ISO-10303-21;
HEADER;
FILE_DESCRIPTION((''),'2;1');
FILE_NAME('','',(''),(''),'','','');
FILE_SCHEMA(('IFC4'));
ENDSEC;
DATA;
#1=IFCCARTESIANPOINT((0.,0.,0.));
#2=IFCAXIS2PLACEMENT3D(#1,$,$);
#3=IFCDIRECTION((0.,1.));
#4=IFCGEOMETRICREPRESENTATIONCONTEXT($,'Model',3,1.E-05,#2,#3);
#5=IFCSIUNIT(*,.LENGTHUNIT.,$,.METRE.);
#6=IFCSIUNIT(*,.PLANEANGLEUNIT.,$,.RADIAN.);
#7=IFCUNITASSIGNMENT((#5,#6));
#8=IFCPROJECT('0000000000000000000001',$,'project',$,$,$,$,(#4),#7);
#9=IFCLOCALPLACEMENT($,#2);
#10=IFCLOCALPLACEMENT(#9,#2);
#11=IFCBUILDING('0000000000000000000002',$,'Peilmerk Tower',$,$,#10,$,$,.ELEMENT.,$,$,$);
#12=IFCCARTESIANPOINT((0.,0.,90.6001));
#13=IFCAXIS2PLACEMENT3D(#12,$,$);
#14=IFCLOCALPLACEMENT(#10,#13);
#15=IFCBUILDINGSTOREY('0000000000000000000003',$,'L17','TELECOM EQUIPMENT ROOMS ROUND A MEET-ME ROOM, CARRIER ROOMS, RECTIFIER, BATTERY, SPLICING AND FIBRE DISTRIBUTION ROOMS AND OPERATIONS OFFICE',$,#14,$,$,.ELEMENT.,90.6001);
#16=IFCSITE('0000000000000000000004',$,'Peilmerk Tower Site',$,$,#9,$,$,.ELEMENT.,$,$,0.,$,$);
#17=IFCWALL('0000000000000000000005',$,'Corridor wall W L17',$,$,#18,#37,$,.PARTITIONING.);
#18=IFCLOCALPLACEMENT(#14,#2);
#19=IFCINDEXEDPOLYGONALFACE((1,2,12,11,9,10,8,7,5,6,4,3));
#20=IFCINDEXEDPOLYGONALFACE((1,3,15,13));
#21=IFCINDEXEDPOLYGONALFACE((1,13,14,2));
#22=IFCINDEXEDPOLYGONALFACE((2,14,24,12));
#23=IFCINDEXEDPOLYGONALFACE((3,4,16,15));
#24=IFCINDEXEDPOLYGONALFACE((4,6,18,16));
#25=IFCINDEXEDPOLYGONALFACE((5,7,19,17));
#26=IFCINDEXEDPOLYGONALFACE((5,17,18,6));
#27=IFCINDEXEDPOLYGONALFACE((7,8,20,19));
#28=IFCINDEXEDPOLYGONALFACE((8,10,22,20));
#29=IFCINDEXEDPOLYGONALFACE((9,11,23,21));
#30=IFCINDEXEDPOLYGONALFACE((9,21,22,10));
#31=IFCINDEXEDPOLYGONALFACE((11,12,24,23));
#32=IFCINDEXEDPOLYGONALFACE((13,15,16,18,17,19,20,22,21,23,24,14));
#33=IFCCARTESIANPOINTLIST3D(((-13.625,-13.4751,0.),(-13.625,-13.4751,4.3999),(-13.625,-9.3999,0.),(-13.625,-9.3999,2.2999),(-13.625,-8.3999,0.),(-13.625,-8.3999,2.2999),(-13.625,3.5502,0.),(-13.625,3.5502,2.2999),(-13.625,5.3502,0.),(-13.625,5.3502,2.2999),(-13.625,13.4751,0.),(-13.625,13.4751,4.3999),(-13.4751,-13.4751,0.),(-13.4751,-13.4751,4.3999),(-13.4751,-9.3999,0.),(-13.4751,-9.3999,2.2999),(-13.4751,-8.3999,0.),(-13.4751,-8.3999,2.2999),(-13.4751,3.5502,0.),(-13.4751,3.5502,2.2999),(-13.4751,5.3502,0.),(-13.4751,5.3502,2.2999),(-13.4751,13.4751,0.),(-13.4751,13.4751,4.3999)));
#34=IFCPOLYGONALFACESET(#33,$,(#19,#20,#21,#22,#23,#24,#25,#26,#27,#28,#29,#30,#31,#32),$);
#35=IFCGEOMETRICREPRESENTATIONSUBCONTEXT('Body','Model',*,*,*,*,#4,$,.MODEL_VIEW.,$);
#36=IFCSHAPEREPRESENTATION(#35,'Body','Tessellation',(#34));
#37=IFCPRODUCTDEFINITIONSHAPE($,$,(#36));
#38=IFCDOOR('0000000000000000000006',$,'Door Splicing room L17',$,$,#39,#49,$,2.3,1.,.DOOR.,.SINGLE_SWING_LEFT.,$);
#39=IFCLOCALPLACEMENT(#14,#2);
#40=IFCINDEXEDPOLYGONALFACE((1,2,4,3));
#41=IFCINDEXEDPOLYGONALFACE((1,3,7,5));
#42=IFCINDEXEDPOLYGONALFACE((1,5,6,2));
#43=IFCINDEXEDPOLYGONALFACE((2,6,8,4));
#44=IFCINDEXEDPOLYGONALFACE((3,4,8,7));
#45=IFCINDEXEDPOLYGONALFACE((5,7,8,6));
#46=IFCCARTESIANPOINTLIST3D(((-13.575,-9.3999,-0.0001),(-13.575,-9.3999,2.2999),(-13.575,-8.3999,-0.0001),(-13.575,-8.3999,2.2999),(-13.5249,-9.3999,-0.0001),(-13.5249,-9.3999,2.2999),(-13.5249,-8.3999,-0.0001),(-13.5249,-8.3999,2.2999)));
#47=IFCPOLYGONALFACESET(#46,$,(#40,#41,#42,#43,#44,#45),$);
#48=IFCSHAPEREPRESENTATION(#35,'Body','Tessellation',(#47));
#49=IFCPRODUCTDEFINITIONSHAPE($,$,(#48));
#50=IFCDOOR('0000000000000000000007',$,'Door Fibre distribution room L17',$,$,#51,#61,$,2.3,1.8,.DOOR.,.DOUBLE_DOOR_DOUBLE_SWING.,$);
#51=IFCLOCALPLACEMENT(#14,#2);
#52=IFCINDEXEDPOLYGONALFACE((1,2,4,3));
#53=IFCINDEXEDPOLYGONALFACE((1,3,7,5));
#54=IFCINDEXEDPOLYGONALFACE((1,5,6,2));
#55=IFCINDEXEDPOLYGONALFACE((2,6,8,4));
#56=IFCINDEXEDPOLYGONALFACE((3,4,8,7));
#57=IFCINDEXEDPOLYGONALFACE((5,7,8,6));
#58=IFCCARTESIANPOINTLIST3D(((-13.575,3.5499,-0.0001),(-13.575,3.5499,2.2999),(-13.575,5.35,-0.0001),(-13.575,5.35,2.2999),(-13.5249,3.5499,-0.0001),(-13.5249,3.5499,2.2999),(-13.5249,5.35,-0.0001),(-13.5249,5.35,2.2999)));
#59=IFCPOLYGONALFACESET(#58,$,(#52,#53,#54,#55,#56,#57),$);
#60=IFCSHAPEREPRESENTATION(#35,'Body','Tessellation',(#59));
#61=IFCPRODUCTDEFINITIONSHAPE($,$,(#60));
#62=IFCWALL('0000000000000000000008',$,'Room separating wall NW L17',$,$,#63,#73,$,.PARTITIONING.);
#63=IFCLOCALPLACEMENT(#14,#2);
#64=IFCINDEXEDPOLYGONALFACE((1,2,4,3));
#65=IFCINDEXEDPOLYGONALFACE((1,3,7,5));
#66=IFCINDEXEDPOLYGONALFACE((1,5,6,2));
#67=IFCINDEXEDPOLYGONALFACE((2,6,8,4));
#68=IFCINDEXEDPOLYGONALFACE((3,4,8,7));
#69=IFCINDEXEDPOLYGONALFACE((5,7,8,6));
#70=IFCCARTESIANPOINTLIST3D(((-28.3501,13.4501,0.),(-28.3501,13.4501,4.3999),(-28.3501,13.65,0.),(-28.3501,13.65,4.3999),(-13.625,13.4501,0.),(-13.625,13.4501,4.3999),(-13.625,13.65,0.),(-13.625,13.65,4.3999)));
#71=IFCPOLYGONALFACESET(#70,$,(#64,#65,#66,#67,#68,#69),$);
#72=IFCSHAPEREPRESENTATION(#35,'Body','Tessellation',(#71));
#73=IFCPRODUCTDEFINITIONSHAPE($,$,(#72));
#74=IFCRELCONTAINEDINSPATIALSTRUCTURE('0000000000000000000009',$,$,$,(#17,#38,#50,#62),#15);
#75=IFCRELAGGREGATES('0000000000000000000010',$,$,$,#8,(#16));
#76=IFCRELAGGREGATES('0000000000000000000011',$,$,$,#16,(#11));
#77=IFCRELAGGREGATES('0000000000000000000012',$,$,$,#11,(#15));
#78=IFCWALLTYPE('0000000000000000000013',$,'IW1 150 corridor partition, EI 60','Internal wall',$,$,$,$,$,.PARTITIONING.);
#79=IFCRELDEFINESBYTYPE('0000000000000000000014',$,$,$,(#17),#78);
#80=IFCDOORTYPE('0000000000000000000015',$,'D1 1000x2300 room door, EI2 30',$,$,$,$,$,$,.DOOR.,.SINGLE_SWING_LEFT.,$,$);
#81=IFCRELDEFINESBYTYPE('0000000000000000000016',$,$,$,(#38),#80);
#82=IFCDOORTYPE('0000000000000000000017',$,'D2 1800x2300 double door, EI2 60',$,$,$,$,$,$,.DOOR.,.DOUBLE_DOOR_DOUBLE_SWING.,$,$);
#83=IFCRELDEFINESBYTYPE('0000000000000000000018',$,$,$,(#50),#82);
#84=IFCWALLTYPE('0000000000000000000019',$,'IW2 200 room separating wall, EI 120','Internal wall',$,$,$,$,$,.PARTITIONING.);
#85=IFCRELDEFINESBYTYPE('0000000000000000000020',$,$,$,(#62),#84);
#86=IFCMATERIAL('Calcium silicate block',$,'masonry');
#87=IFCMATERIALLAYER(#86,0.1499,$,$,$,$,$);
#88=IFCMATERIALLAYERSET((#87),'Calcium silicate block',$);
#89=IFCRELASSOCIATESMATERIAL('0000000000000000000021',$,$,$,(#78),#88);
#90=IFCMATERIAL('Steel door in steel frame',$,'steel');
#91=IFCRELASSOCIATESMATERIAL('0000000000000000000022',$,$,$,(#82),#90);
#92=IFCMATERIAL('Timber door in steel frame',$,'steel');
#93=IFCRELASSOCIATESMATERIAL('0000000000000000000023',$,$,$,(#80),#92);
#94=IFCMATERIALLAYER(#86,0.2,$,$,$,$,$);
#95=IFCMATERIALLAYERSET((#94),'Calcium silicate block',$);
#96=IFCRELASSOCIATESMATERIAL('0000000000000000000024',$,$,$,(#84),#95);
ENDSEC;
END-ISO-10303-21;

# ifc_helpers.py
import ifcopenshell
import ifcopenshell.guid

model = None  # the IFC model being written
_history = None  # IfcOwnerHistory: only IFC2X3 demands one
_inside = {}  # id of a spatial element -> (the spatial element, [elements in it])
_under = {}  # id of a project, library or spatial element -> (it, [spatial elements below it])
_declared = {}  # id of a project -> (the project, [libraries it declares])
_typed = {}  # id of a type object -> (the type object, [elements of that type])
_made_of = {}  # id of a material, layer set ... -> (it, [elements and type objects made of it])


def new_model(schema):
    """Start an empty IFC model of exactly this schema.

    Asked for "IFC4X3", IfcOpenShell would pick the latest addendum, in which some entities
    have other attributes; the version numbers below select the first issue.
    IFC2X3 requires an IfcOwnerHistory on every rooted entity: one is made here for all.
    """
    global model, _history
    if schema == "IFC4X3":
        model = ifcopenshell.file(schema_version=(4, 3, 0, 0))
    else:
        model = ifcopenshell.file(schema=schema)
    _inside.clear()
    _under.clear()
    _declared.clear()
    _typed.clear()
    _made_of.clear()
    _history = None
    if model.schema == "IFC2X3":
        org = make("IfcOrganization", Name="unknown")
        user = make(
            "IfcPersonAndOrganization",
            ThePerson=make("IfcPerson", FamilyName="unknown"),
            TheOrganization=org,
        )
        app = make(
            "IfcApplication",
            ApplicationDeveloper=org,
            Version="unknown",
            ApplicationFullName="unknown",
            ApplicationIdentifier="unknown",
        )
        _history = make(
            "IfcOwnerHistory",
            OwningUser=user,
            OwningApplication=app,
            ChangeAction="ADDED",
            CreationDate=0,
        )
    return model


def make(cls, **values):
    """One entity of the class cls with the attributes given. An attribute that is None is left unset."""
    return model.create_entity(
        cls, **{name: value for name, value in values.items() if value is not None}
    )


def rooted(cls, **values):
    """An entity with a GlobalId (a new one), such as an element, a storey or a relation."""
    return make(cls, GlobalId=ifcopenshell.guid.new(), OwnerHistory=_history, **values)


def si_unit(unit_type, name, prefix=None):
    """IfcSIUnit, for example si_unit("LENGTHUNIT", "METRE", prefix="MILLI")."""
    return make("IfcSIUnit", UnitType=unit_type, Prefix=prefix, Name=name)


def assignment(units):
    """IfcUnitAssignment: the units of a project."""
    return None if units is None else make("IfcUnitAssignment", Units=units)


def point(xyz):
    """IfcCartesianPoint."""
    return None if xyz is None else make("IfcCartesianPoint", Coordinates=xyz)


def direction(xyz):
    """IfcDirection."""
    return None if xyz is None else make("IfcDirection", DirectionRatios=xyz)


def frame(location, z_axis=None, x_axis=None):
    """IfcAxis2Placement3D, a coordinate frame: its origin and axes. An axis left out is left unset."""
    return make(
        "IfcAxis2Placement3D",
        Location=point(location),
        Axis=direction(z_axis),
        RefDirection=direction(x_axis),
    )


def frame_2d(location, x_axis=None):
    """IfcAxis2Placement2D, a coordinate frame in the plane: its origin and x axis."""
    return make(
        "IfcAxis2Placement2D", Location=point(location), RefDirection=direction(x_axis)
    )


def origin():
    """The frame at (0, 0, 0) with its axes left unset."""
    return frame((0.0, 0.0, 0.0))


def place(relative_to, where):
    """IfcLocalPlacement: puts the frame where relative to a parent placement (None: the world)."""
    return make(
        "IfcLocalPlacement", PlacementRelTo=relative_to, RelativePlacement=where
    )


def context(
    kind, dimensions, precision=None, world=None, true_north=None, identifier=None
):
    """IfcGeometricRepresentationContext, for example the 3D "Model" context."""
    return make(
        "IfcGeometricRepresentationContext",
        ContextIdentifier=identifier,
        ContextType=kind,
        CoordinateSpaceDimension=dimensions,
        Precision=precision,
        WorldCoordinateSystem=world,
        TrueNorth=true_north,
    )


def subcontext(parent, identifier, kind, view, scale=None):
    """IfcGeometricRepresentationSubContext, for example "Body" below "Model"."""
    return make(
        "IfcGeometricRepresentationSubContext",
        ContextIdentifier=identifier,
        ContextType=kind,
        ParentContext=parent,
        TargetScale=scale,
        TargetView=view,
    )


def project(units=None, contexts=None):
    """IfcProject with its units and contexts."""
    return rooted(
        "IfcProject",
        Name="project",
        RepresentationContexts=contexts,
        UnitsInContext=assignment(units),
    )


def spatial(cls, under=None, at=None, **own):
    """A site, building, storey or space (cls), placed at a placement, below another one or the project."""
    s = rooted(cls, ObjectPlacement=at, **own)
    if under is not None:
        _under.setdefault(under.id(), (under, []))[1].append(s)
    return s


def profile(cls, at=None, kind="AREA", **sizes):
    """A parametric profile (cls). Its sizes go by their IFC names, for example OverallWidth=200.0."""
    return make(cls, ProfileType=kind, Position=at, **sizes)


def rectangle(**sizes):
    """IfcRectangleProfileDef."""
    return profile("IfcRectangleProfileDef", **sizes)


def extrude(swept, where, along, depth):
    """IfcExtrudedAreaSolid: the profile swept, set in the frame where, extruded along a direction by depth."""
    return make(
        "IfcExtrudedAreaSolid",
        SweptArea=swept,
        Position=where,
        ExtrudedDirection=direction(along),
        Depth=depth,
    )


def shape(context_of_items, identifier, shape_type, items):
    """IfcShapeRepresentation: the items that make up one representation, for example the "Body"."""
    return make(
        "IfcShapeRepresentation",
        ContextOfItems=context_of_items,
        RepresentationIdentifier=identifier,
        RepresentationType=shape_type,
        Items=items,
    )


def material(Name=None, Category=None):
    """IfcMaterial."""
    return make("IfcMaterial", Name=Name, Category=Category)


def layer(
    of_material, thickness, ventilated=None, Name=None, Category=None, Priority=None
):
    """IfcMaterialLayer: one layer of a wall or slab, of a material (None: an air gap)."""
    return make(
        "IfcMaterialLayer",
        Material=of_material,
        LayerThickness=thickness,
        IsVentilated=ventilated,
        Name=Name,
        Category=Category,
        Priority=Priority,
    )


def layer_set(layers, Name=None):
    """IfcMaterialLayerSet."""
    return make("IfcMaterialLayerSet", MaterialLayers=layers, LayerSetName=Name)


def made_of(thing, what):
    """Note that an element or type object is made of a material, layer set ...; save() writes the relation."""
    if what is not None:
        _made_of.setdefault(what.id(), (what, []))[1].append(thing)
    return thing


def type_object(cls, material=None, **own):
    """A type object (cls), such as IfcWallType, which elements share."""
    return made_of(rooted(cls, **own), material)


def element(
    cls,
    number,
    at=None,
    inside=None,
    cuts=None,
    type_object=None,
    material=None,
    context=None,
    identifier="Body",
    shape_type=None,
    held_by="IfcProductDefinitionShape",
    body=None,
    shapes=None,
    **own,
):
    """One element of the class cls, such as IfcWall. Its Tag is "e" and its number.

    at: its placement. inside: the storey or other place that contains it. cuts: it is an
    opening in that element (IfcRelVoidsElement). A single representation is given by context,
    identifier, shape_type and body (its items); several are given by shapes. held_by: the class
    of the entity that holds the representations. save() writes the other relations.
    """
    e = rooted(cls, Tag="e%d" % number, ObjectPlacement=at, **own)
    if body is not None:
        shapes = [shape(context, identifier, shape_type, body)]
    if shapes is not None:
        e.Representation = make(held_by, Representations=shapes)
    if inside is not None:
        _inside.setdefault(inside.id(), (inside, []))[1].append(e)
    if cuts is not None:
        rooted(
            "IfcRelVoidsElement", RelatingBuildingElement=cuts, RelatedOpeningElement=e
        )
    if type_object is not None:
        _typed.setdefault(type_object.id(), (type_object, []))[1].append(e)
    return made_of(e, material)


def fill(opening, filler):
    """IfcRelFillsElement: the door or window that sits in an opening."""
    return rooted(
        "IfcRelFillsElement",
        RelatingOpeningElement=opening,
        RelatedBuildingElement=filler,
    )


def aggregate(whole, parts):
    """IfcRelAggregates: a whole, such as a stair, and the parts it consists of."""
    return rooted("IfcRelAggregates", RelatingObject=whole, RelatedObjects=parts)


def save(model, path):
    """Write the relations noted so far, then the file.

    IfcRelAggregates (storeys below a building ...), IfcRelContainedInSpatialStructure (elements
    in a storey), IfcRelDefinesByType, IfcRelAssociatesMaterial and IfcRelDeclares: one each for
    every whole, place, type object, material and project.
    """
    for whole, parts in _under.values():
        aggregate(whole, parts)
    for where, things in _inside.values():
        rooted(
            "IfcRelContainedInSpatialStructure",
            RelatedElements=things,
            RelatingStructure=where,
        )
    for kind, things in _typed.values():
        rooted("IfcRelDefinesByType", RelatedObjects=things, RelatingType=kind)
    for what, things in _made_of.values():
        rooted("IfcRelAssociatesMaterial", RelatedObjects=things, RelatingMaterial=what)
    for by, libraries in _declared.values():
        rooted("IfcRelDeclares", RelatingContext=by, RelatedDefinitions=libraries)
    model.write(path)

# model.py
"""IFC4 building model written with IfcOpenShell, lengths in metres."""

from ifc_helpers import new_model, si_unit, direction, frame, frame_2d, origin, place, context, subcontext, project, spatial, rectangle, extrude, material, layer, layer_set, type_object, element, fill, save


model = new_model("IFC4")

# Units and contexts
model_context = context("Model", 3, precision=1e-05, world=origin(), true_north=direction((0.0, 1.0)))
body_context = subcontext(model_context, "Body", "Model", "MODEL_VIEW")
ifc_project = project(units=[si_unit("LENGTHUNIT", "METRE"), si_unit("PLANEANGLEUNIT", "RADIAN")], contexts=[model_context])

# Site, building, storey
site_placement = place(None, origin())
site = spatial("IfcSite", under=ifc_project, at=site_placement, Name="Peilmerk Tower Site", CompositionType="ELEMENT", RefElevation=0.0)
building_placement = place(site_placement, origin())
building = spatial("IfcBuilding", under=site, at=building_placement, Name="Peilmerk Tower", CompositionType="ELEMENT")
storey_placement = place(building_placement, frame((0.0, 0.0, 90.6001)))
storey = spatial("IfcBuildingStorey", under=building, at=storey_placement, Name="L17", Description="TELECOM EQUIPMENT ROOMS ROUND A MEET-ME ROOM, CARRIER ROOMS, RECTIFIER, BATTERY, SPLICING AND FIBRE DISTRIBUTION ROOMS AND OPERATIONS OFFICE", CompositionType="ELEMENT", Elevation=90.6001)

# Wall, openings, doors
ifc_material_1 = material(Name="Calcium silicate block", Category="masonry")
ifc_layer_1 = layer(ifc_material_1, 0.1499)
ifc_layer_set_1 = layer_set([ifc_layer_1], Name="Calcium silicate block")
wall_type_1 = type_object("IfcWallType", Name="IW1 150 corridor partition, EI 60", Description="Internal wall", PredefinedType="PARTITIONING", material=ifc_layer_set_1)
ifc_material_2 = material(Name="Steel door in steel frame", Category="steel")
door_type_1 = type_object("IfcDoorType", Name="D2 1800x2300 double door, EI2 60", OperationType="DOUBLE_DOOR_DOUBLE_SWING", PredefinedType="DOOR", material=ifc_material_2)
wall_1_placement = place(storey_placement, frame((-13.55, 13.4751, 0.0), z_axis=(0.0, 0.0, 1.0), x_axis=(0.0, -1.0, 0.0)))
wall_1 = element("IfcWall", 1, at=wall_1_placement, inside=storey, type_object=wall_type_1, Name="Corridor wall W L17", PredefinedType="PARTITIONING", context=body_context, shape_type="SweptSolid", body=[
    extrude(rectangle(XDim=26.9502, YDim=0.1499, at=frame_2d((13.4751, 0.0))), origin(), (0.0, 0.0, 1.0), 4.3999),
])
opening_1_placement = place(wall_1_placement, frame((21.875, 0.0, 0.0)))
opening_1 = element("IfcOpeningElement", 2, at=opening_1_placement, cuts=wall_1, PredefinedType="OPENING", context=body_context, shape_type="SweptSolid", body=[
    extrude(rectangle(XDim=1.0, YDim=2.3, at=frame_2d((0.5, 1.1499))), frame((0.0, 0.085, 0.0), z_axis=(0.0, -1.0, 0.0), x_axis=(1.0, 0.0, 0.0)), (0.0, 0.0, 1.0), 0.1699),
])
opening_2_placement = place(wall_1_placement, frame((8.125, 0.0, 0.0)))
opening_2 = element("IfcOpeningElement", 3, at=opening_2_placement, cuts=wall_1, PredefinedType="OPENING", context=body_context, shape_type="SweptSolid", body=[
    extrude(rectangle(XDim=1.8, YDim=2.3, at=frame_2d((0.8999, 1.1499))), frame((0.0, 0.085, 0.0), z_axis=(0.0, -1.0, 0.0), x_axis=(1.0, 0.0, 0.0)), (0.0, 0.0, 1.0), 0.1699),
])
ifc_material_3 = material(Name="Timber door in steel frame", Category="steel")
door_type_2 = type_object("IfcDoorType", Name="D1 1000x2300 room door, EI2 30", OperationType="SINGLE_SWING_LEFT", PredefinedType="DOOR", material=ifc_material_3)
door_1_placement = place(opening_1_placement, frame((1.0, 0.0, 0.0), z_axis=(0.0, 0.0, 1.0), x_axis=(-1.0, 0.0, 0.0)))
door_1 = element("IfcDoor", 4, at=door_1_placement, inside=storey, type_object=door_type_2, Name="Door Splicing room L17", OperationType="SINGLE_SWING_LEFT", OverallHeight=2.3, OverallWidth=1.0, PredefinedType="DOOR", context=body_context, shape_type="SweptSolid", body=[
    extrude(rectangle(XDim=1.0, YDim=2.3, at=frame_2d((0.5, 1.1499))), frame((0.0, 0.0249, 0.0), z_axis=(0.0, -1.0, 0.0), x_axis=(1.0, 0.0, 0.0)), (0.0, 0.0, 1.0), 0.05),
])
fill(opening_1, door_1)
door_2_placement = place(opening_2_placement, frame((1.8, 0.0, 0.0), z_axis=(0.0, 0.0, 1.0), x_axis=(-1.0, 0.0, 0.0)))
door_2 = element("IfcDoor", 5, at=door_2_placement, inside=storey, type_object=door_type_1, Name="Door Fibre distribution room L17", OperationType="DOUBLE_DOOR_DOUBLE_SWING", OverallHeight=2.3, OverallWidth=1.8, PredefinedType="DOOR", context=body_context, shape_type="SweptSolid", body=[
    extrude(rectangle(XDim=1.8, YDim=2.3, at=frame_2d((0.8999, 1.1499))), frame((0.0, 0.0249, 0.0), z_axis=(0.0, -1.0, 0.0), x_axis=(1.0, 0.0, 0.0)), (0.0, 0.0, 1.0), 0.05),
])
fill(opening_2, door_2)

# Wall
ifc_layer_2 = layer(ifc_material_1, 0.2)
ifc_layer_set_2 = layer_set([ifc_layer_2], Name="Calcium silicate block")
wall_type_2 = type_object("IfcWallType", Name="IW2 200 room separating wall, EI 120", Description="Internal wall", PredefinedType="PARTITIONING", material=ifc_layer_set_2)
wall_2_placement = place(storey_placement, frame((-28.3501, 13.55, 0.0), z_axis=(0.0, 0.0, 1.0), x_axis=(1.0, 0.0, 0.0)))
element("IfcWall", 6, at=wall_2_placement, inside=storey, type_object=wall_type_2, Name="Room separating wall NW L17", PredefinedType="PARTITIONING", context=body_context, shape_type="SweptSolid", body=[
    extrude(rectangle(XDim=14.7251, YDim=0.2, at=frame_2d((7.3625, 0.0))), origin(), (0.0, 0.0, 1.0), 4.3999),
])

save(model, "model.ifc")
